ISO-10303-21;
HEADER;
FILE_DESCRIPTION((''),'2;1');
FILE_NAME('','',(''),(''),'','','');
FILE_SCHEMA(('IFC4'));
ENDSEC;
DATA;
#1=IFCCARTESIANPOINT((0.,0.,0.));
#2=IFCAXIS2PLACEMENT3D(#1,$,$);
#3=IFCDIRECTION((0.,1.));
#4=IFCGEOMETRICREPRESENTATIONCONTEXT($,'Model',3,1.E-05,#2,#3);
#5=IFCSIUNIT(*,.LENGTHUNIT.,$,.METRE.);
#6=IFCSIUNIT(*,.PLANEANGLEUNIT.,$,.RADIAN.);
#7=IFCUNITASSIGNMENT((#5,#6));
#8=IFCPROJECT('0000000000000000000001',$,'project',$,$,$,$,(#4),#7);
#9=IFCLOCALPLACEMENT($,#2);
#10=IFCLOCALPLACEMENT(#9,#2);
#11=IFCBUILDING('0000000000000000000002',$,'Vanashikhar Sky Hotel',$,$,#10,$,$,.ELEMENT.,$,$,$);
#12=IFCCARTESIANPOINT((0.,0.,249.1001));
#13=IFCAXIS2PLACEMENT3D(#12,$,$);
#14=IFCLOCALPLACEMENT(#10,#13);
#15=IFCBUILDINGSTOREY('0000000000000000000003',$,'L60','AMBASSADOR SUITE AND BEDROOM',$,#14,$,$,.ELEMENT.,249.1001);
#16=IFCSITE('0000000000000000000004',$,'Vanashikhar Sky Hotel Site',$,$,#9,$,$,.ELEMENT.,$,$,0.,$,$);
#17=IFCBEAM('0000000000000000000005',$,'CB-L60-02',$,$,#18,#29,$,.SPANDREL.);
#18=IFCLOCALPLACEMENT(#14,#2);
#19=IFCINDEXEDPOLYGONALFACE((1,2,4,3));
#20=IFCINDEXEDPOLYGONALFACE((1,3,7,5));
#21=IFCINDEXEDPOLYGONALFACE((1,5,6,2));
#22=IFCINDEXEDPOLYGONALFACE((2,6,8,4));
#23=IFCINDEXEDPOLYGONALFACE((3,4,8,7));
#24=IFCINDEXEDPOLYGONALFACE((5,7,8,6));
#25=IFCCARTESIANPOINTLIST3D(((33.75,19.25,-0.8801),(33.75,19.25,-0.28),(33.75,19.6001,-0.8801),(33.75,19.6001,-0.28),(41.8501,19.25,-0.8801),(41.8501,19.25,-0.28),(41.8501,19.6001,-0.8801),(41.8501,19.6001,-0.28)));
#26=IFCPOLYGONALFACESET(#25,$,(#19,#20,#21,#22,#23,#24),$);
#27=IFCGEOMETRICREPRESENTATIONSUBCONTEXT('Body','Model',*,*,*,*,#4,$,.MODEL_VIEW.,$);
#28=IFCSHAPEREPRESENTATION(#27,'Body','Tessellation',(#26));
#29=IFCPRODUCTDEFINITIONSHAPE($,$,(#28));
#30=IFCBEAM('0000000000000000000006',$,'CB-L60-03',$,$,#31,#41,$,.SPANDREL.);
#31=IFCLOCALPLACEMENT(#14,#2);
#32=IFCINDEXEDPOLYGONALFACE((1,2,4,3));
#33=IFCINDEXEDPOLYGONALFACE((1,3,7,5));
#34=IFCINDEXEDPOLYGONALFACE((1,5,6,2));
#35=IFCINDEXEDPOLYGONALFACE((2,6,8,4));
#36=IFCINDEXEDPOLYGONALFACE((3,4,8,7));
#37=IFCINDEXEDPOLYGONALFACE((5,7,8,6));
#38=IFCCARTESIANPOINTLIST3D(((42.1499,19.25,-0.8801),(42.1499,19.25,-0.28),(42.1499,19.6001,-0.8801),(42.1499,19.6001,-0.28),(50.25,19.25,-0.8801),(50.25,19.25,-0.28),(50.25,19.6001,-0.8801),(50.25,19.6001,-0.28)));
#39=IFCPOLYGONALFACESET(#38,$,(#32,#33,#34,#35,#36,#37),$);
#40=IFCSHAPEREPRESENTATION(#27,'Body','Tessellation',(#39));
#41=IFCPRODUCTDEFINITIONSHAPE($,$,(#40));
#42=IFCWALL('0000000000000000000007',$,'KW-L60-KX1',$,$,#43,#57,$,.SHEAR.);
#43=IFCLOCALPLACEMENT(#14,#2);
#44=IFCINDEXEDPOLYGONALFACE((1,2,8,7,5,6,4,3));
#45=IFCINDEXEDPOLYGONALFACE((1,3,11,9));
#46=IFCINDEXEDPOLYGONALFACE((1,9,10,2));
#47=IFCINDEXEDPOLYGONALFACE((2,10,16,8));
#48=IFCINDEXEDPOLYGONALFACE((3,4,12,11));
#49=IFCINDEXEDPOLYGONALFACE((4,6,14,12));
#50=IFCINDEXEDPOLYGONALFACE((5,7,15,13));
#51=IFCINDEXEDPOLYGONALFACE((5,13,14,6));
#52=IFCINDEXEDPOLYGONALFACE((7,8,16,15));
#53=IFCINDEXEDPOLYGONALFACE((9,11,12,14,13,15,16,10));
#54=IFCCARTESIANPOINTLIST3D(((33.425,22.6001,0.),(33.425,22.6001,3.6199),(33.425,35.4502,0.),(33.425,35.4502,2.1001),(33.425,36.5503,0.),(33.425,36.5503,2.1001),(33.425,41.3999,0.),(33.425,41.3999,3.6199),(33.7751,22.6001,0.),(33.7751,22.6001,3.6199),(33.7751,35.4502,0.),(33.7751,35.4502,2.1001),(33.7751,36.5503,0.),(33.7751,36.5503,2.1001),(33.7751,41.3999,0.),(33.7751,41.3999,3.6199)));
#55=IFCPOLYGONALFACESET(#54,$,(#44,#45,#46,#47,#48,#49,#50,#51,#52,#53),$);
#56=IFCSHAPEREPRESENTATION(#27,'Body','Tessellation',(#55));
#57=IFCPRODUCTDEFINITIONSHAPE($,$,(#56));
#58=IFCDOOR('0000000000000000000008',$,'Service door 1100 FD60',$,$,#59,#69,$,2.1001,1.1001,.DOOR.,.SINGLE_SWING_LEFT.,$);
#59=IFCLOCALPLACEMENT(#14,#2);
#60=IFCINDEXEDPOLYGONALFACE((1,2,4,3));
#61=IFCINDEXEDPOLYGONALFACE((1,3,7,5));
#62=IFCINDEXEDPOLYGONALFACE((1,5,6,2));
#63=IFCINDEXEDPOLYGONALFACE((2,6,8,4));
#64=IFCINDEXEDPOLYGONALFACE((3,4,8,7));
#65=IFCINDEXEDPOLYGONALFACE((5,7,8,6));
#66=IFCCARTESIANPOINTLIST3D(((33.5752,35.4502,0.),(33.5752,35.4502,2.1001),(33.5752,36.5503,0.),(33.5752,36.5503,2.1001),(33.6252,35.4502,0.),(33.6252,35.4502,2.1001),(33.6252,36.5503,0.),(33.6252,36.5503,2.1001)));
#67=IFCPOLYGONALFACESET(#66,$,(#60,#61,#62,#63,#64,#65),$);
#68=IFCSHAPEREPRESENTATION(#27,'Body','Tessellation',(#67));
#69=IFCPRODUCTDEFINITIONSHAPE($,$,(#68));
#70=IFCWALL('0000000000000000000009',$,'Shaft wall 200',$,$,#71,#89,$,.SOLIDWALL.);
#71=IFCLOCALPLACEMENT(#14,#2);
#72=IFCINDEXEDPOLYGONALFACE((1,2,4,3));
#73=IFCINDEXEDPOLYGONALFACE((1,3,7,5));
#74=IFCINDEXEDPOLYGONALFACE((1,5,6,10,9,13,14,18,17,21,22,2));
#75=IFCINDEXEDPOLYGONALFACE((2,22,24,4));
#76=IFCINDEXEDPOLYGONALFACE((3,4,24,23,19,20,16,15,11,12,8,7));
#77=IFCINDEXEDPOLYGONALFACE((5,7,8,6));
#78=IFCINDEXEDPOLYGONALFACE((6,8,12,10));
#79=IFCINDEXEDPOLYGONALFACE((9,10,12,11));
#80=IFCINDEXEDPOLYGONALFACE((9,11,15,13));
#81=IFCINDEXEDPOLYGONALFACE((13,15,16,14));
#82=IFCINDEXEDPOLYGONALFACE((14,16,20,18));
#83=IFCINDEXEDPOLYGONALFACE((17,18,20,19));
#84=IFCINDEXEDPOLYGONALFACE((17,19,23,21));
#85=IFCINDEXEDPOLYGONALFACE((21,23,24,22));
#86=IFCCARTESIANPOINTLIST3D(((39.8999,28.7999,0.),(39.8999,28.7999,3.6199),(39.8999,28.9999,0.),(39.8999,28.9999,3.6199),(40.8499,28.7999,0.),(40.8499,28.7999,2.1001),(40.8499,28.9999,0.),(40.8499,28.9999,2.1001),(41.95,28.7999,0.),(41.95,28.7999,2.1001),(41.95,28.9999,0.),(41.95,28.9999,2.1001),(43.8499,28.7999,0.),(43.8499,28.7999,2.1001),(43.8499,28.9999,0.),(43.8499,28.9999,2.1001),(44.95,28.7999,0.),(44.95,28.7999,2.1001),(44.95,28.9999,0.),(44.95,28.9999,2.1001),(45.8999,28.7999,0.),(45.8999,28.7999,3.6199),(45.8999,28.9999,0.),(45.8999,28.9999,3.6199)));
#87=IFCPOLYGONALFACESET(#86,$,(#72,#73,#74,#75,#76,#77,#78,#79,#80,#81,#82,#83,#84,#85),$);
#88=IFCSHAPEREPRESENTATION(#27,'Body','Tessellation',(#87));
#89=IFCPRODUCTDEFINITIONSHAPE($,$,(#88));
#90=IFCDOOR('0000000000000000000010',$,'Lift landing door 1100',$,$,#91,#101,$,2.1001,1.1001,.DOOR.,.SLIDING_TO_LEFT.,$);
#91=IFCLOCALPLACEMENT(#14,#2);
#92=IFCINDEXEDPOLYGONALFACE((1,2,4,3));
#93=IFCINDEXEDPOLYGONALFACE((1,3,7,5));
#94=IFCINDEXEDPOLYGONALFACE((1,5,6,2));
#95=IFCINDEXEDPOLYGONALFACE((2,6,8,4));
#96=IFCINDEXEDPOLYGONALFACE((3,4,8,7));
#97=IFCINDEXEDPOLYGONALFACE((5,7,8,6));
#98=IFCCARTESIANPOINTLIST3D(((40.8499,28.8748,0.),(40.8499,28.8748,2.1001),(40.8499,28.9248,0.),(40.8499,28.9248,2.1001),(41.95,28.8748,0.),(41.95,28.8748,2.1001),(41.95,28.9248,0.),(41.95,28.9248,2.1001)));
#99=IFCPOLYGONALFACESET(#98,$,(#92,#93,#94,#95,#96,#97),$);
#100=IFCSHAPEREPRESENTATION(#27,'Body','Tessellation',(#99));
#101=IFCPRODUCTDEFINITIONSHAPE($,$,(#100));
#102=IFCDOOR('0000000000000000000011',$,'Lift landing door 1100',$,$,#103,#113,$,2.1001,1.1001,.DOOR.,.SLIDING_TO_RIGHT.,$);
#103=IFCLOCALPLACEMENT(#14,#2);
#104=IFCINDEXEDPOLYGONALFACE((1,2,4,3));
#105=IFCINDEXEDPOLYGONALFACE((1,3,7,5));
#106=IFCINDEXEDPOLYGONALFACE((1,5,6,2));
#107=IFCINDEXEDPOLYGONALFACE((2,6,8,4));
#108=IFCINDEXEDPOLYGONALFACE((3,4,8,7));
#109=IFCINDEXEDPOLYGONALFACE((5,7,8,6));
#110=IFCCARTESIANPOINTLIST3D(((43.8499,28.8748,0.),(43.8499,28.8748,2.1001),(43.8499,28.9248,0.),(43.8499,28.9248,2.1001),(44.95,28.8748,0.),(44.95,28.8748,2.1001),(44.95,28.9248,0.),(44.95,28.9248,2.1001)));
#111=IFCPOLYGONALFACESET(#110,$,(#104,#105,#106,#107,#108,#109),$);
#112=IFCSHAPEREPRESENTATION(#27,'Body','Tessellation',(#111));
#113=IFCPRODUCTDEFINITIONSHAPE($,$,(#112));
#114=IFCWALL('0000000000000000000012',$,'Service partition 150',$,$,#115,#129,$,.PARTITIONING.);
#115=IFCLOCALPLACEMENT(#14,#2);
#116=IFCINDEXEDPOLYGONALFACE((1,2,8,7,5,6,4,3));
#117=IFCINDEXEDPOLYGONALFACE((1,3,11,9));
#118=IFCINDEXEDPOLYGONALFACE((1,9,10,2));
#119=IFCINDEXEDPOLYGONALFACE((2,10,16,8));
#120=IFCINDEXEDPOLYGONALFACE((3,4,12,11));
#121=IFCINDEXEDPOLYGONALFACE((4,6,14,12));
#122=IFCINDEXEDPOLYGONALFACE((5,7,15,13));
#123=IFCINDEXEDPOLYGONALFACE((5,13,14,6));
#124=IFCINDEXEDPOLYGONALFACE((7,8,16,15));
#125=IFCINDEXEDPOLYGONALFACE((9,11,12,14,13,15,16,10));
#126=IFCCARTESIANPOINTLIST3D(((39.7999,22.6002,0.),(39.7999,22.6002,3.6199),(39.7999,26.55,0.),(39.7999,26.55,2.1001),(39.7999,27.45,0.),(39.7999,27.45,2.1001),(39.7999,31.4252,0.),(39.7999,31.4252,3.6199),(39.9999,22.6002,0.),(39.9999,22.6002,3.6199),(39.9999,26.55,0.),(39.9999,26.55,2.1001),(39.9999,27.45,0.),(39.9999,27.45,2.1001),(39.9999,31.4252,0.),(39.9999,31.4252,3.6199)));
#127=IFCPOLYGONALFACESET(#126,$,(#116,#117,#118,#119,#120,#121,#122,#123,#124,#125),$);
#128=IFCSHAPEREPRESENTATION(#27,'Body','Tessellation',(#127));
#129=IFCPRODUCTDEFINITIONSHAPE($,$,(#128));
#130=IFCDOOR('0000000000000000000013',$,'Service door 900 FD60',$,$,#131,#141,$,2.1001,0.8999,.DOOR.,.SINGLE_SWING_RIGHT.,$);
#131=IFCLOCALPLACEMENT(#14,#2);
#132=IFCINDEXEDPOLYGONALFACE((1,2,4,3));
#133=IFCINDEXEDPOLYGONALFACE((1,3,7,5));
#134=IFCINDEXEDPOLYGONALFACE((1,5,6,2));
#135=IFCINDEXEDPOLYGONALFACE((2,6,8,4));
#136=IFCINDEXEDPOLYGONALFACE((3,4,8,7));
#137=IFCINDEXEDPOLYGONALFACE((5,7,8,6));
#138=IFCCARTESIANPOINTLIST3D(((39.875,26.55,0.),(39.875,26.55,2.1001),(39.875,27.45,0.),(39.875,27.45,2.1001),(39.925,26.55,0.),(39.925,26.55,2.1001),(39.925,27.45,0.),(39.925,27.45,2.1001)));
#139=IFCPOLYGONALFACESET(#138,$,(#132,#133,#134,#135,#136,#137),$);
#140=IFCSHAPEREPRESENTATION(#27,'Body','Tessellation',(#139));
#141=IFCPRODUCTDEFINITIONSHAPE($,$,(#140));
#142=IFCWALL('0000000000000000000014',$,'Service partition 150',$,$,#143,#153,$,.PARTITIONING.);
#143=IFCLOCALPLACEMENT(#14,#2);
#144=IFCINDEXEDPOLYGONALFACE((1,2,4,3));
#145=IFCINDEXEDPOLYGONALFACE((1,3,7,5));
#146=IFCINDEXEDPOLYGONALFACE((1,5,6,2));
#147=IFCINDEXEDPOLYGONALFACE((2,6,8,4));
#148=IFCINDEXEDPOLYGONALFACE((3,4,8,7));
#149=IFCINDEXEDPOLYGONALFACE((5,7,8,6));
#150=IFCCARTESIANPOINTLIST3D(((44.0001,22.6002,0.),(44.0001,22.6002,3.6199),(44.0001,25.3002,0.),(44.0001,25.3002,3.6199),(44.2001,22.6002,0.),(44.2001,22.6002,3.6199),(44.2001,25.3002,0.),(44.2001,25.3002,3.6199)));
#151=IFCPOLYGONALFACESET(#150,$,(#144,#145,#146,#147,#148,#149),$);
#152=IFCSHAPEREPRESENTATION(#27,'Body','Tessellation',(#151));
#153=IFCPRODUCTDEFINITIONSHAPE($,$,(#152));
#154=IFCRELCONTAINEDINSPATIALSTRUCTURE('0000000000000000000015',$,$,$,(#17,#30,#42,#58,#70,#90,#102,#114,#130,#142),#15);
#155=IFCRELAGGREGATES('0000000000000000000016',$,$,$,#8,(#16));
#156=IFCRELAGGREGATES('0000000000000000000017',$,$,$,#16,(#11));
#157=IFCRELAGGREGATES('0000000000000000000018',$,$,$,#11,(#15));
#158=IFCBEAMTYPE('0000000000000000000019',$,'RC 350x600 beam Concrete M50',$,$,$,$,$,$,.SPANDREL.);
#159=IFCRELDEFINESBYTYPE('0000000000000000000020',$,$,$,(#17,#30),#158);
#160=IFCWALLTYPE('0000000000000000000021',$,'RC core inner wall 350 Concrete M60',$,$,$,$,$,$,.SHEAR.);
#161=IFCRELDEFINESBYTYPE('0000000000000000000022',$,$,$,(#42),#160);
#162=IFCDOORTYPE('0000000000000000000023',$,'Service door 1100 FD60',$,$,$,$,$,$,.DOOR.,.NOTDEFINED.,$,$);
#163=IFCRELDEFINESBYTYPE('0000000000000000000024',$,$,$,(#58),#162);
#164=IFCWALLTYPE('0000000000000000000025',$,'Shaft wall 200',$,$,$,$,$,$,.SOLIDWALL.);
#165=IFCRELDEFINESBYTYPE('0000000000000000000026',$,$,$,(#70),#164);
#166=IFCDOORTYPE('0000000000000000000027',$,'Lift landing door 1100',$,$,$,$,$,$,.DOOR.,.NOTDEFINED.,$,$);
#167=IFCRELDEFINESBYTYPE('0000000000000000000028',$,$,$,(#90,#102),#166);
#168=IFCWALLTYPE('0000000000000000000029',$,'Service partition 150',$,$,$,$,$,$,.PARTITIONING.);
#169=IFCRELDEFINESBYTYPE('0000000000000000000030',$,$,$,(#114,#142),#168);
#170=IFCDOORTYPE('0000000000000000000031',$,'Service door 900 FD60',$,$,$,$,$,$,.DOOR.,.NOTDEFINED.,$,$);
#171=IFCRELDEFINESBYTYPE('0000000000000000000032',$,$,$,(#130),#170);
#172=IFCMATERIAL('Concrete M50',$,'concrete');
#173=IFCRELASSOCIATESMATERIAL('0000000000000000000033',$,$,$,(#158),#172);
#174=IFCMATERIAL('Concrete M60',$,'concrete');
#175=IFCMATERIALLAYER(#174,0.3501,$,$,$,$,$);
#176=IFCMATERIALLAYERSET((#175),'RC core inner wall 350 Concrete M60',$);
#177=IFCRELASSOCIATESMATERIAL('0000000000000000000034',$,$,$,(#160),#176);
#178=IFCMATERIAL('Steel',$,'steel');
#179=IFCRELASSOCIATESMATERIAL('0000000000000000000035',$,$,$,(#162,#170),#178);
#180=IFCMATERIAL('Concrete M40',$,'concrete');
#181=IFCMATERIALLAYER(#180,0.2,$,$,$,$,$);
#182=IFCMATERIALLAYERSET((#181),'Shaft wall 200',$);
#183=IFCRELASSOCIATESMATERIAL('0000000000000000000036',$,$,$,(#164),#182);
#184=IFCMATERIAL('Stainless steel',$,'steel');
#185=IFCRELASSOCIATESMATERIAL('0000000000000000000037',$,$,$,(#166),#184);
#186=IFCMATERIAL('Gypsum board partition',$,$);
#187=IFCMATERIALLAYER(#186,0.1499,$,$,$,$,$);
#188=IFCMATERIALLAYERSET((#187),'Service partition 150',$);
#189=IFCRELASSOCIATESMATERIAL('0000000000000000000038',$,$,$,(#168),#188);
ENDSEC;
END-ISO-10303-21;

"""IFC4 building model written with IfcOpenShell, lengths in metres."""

from ifc_helpers import new_model, si_unit, direction, frame, frame_2d, origin, origin_2d, place, context, subcontext, project, spatial, rectangle, extrude, source, transform, mapped, material, layer, layer_set, material_profile, profile_set, type_object, element, fill, save


model = new_model("IFC4")

# Units and contexts
model_context = context("Model", 3, precision=1e-05, world=origin(), true_north=direction((0.0, 1.0)))
body_context = subcontext(model_context, "Body", "Model", "MODEL_VIEW")
ifc_project = project(units=[si_unit("LENGTHUNIT", "METRE"), si_unit("PLANEANGLEUNIT", "RADIAN")], contexts=[model_context])

# Site, building, storey
site_placement = place(None, origin())
site = spatial("IfcSite", under=ifc_project, at=site_placement, Name="Vanashikhar Sky Hotel Site", CompositionType="ELEMENT", RefElevation=0.0)
building_placement = place(site_placement, origin())
building = spatial("IfcBuilding", under=site, at=building_placement, Name="Vanashikhar Sky Hotel", CompositionType="ELEMENT")
storey_placement = place(building_placement, frame((0.0, 0.0, 249.1001)))
storey = spatial("IfcBuildingStorey", under=building, at=storey_placement, Name="L60", Description="AMBASSADOR SUITE AND BEDROOM", CompositionType="ELEMENT", Elevation=249.1001)

# Beams
ifc_material_1 = material(Name="Concrete M50", Category="concrete")
ifc_material_profile = material_profile(ifc_material_1, rectangle(XDim=0.3501, YDim=0.6001, at=origin_2d()))
ifc_profile_set = profile_set([ifc_material_profile], Name="RC 350x600 beam Concrete M50")
beam_type = type_object("IfcBeamType", Name="RC 350x600 beam Concrete M50", PredefinedType="SPANDREL", material=ifc_profile_set)
shared_shape_1 = source(origin(), body_context, "Body", "SweptSolid", [
    extrude(rectangle(XDim=0.3501, YDim=0.6001, at=origin_2d()), origin(), (0.0, 0.0, 1.0), 8.1001),
])
for number, where, z_axis, x_axis, name in (
    (1, (33.75, 19.425, -0.5801), (1.0, 0.0, 0.0), (0.0, 1.0, 0.0), "CB-L60-02"),
    (2, (42.1499, 19.425, -0.5801), (1.0, 0.0, 0.0), (0.0, 1.0, 0.0), "CB-L60-03"),
):
    element("IfcBeam", number, at=place(storey_placement, frame(where, z_axis=z_axis, x_axis=x_axis)), inside=storey, type_object=beam_type, Name=name, PredefinedType="SPANDREL", context=body_context, shape_type="MappedRepresentation", body=[
        mapped(shared_shape_1, transform((0.0, 0.0, 0.0), scale=1.0)),
    ])

# Wall, opening, door
ifc_material_2 = material(Name="Concrete M60", Category="concrete")
ifc_layer_1 = layer(ifc_material_2, 0.3501)
ifc_layer_set_1 = layer_set([ifc_layer_1], Name="RC core inner wall 350 Concrete M60")
wall_type_1 = type_object("IfcWallType", Name="RC core inner wall 350 Concrete M60", PredefinedType="SHEAR", material=ifc_layer_set_1)
shared_shape_2 = source(origin(), body_context, "Body", "SweptSolid", [
    extrude(rectangle(XDim=18.7998, YDim=0.3501, at=frame_2d((9.3999, 0.0))), origin(), (0.0, 0.0, 1.0), 3.6199),
])
wall_1_placement = place(storey_placement, frame((33.6001, 22.6001, 0.0), z_axis=(0.0, 0.0, 1.0), x_axis=(0.0, 1.0, 0.0)))
wall_1 = element("IfcWall", 3, at=wall_1_placement, inside=storey, type_object=wall_type_1, Name="KW-L60-KX1", PredefinedType="SHEAR", context=body_context, shape_type="MappedRepresentation", body=[
    mapped(shared_shape_2, transform((0.0, 0.0, 0.0), scale=1.0)),
])
shared_shape_3 = source(origin(), body_context, "Body", "SweptSolid", [
    extrude(rectangle(XDim=1.1001, YDim=2.1001, at=frame_2d((0.55, 1.05))), frame((0.0, 0.1851, 0.0), z_axis=(0.0, -1.0, 0.0), x_axis=(1.0, 0.0, 0.0)), (0.0, 0.0, 1.0), 0.3701),
])
opening_1_placement = place(wall_1_placement, frame((12.8501, 0.0, 0.0)))
opening_1 = element("IfcOpeningElement", 4, at=opening_1_placement, cuts=wall_1, PredefinedType="OPENING", context=body_context, shape_type="MappedRepresentation", body=[
    mapped(shared_shape_3, transform((0.0, 0.0, 0.0), scale=1.0)),
])
ifc_material_3 = material(Name="Steel", Category="steel")
door_type_1 = type_object("IfcDoorType", Name="Service door 1100 FD60", OperationType="NOTDEFINED", PredefinedType="DOOR", material=ifc_material_3)
shared_shape_4 = source(origin(), body_context, "Body", "SweptSolid", [
    extrude(rectangle(XDim=1.1001, YDim=2.1001, at=frame_2d((0.55, 1.05))), frame((0.0, 0.0249, 0.0), z_axis=(0.0, -1.0, 0.0), x_axis=(1.0, 0.0, 0.0)), (0.0, 0.0, 1.0), 0.05),
])
door_1_placement = place(opening_1_placement, origin())
door_1 = element("IfcDoor", 5, at=door_1_placement, inside=storey, type_object=door_type_1, Name="Service door 1100 FD60", OperationType="SINGLE_SWING_LEFT", OverallHeight=2.1001, OverallWidth=1.1001, PredefinedType="DOOR", context=body_context, shape_type="MappedRepresentation", body=[
    mapped(shared_shape_4, transform((0.0, 0.0, 0.0), scale=1.0)),
])
fill(opening_1, door_1)

# Wall, openings, doors
ifc_material_4 = material(Name="Concrete M40", Category="concrete")
ifc_layer_2 = layer(ifc_material_4, 0.2)
ifc_layer_set_2 = layer_set([ifc_layer_2], Name="Shaft wall 200")
wall_type_2 = type_object("IfcWallType", Name="Shaft wall 200", PredefinedType="SOLIDWALL", material=ifc_layer_set_2)
shared_shape_5 = source(origin(), body_context, "Body", "SweptSolid", [
    extrude(rectangle(XDim=6.0, YDim=0.2, at=frame_2d((3.0, 0.0))), origin(), (0.0, 0.0, 1.0), 3.6199),
])
wall_2_placement = place(storey_placement, frame((39.8999, 28.8999, 0.0), z_axis=(0.0, 0.0, 1.0), x_axis=(1.0, 0.0, 0.0)))
wall_2 = element("IfcWall", 6, at=wall_2_placement, inside=storey, type_object=wall_type_2, Name="Shaft wall 200", PredefinedType="SOLIDWALL", context=body_context, shape_type="MappedRepresentation", body=[
    mapped(shared_shape_5, transform((0.0, 0.0, 0.0), scale=1.0)),
])
shared_shape_6 = source(origin(), body_context, "Body", "SweptSolid", [
    extrude(rectangle(XDim=1.1001, YDim=2.1001, at=frame_2d((0.55, 1.05))), frame((0.0, 0.1099, 0.0), z_axis=(0.0, -1.0, 0.0), x_axis=(1.0, 0.0, 0.0)), (0.0, 0.0, 1.0), 0.22),
])
opening_2_placement = place(wall_2_placement, frame((0.95, 0.0, 0.0)))
opening_2 = element("IfcOpeningElement", 7, at=opening_2_placement, cuts=wall_2, PredefinedType="OPENING", context=body_context, shape_type="MappedRepresentation", body=[
    mapped(shared_shape_6, transform((0.0, 0.0, 0.0), scale=1.0)),
])
opening_3_placement = place(wall_2_placement, frame((3.95, 0.0, 0.0)))
opening_3 = element("IfcOpeningElement", 8, at=opening_3_placement, cuts=wall_2, PredefinedType="OPENING", context=body_context, shape_type="MappedRepresentation", body=[
    mapped(shared_shape_6, transform((0.0, 0.0, 0.0), scale=1.0)),
])
ifc_material_5 = material(Name="Stainless steel", Category="steel")
door_type_2 = type_object("IfcDoorType", Name="Lift landing door 1100", OperationType="NOTDEFINED", PredefinedType="DOOR", material=ifc_material_5)
door_2_placement = place(opening_2_placement, origin())
door_2 = element("IfcDoor", 9, at=door_2_placement, inside=storey, type_object=door_type_2, Name="Lift landing door 1100", OperationType="SLIDING_TO_LEFT", OverallHeight=2.1001, OverallWidth=1.1001, PredefinedType="DOOR", context=body_context, shape_type="MappedRepresentation", body=[
    mapped(shared_shape_4, transform((0.0, 0.0, 0.0), scale=1.0)),
])
fill(opening_2, door_2)
door_3_placement = place(opening_3_placement, origin())
door_3 = element("IfcDoor", 10, at=door_3_placement, inside=storey, type_object=door_type_2, Name="Lift landing door 1100", OperationType="SLIDING_TO_RIGHT", OverallHeight=2.1001, OverallWidth=1.1001, PredefinedType="DOOR", context=body_context, shape_type="MappedRepresentation", body=[
    mapped(shared_shape_4, transform((0.0, 0.0, 0.0), scale=1.0)),
])
fill(opening_3, door_3)

# Wall, opening, door
ifc_material_6 = material(Name="Gypsum board partition")
ifc_layer_3 = layer(ifc_material_6, 0.1499)
ifc_layer_set_3 = layer_set([ifc_layer_3], Name="Service partition 150")
wall_type_3 = type_object("IfcWallType", Name="Service partition 150", PredefinedType="PARTITIONING", material=ifc_layer_set_3)
shared_shape_7 = source(origin(), body_context, "Body", "SweptSolid", [
    extrude(rectangle(XDim=8.825, YDim=0.2, at=frame_2d((4.4126, 0.0))), origin(), (0.0, 0.0, 1.0), 3.6199),
])
wall_3_placement = place(storey_placement, frame((39.8999, 22.6001, 0.0), z_axis=(0.0, 0.0, 1.0), x_axis=(0.0, 1.0, 0.0)))
wall_3 = element("IfcWall", 11, at=wall_3_placement, inside=storey, type_object=wall_type_3, Name="Service partition 150", PredefinedType="PARTITIONING", context=body_context, shape_type="MappedRepresentation", body=[
    mapped(shared_shape_7, transform((0.0, 0.0, 0.0), scale=1.0)),
])
shared_shape_8 = source(origin(), body_context, "Body", "SweptSolid", [
    extrude(rectangle(XDim=0.8999, YDim=2.1001, at=frame_2d((0.45, 1.05))), frame((0.0, 0.1099, 0.0), z_axis=(0.0, -1.0, 0.0), x_axis=(1.0, 0.0, 0.0)), (0.0, 0.0, 1.0), 0.22),
])
opening_4_placement = place(wall_3_placement, frame((3.95, 0.0, 0.0)))
opening_4 = element("IfcOpeningElement", 12, at=opening_4_placement, cuts=wall_3, PredefinedType="OPENING", context=body_context, shape_type="MappedRepresentation", body=[
    mapped(shared_shape_8, transform((0.0, 0.0, 0.0), scale=1.0)),
])
door_type_3 = type_object("IfcDoorType", Name="Service door 900 FD60", OperationType="NOTDEFINED", PredefinedType="DOOR", material=ifc_material_3)
shared_shape_9 = source(origin(), body_context, "Body", "SweptSolid", [
    extrude(rectangle(XDim=0.8999, YDim=2.1001, at=frame_2d((0.45, 1.05))), frame((0.0, 0.0249, 0.0), z_axis=(0.0, -1.0, 0.0), x_axis=(1.0, 0.0, 0.0)), (0.0, 0.0, 1.0), 0.05),
])
door_4_placement = place(opening_4_placement, origin())
door_4 = element("IfcDoor", 13, at=door_4_placement, inside=storey, type_object=door_type_3, Name="Service door 900 FD60", OperationType="SINGLE_SWING_RIGHT", OverallHeight=2.1001, OverallWidth=0.8999, PredefinedType="DOOR", context=body_context, shape_type="MappedRepresentation", body=[
    mapped(shared_shape_9, transform((0.0, 0.0, 0.0), scale=1.0)),
])
fill(opening_4, door_4)

# Wall
shared_shape_10 = source(origin(), body_context, "Body", "SweptSolid", [
    extrude(rectangle(XDim=2.7, YDim=0.2, at=frame_2d((1.3501, 0.0))), origin(), (0.0, 0.0, 1.0), 3.6199),
])
wall_4_placement = place(storey_placement, frame((44.1001, 22.6001, 0.0), z_axis=(0.0, 0.0, 1.0), x_axis=(0.0, 1.0, 0.0)))
element("IfcWall", 14, at=wall_4_placement, inside=storey, type_object=wall_type_3, Name="Service partition 150", PredefinedType="PARTITIONING", context=body_context, shape_type="MappedRepresentation", body=[
    mapped(shared_shape_10, transform((0.0, 0.0, 0.0), scale=1.0)),
])

save(model, "model.ifc")
